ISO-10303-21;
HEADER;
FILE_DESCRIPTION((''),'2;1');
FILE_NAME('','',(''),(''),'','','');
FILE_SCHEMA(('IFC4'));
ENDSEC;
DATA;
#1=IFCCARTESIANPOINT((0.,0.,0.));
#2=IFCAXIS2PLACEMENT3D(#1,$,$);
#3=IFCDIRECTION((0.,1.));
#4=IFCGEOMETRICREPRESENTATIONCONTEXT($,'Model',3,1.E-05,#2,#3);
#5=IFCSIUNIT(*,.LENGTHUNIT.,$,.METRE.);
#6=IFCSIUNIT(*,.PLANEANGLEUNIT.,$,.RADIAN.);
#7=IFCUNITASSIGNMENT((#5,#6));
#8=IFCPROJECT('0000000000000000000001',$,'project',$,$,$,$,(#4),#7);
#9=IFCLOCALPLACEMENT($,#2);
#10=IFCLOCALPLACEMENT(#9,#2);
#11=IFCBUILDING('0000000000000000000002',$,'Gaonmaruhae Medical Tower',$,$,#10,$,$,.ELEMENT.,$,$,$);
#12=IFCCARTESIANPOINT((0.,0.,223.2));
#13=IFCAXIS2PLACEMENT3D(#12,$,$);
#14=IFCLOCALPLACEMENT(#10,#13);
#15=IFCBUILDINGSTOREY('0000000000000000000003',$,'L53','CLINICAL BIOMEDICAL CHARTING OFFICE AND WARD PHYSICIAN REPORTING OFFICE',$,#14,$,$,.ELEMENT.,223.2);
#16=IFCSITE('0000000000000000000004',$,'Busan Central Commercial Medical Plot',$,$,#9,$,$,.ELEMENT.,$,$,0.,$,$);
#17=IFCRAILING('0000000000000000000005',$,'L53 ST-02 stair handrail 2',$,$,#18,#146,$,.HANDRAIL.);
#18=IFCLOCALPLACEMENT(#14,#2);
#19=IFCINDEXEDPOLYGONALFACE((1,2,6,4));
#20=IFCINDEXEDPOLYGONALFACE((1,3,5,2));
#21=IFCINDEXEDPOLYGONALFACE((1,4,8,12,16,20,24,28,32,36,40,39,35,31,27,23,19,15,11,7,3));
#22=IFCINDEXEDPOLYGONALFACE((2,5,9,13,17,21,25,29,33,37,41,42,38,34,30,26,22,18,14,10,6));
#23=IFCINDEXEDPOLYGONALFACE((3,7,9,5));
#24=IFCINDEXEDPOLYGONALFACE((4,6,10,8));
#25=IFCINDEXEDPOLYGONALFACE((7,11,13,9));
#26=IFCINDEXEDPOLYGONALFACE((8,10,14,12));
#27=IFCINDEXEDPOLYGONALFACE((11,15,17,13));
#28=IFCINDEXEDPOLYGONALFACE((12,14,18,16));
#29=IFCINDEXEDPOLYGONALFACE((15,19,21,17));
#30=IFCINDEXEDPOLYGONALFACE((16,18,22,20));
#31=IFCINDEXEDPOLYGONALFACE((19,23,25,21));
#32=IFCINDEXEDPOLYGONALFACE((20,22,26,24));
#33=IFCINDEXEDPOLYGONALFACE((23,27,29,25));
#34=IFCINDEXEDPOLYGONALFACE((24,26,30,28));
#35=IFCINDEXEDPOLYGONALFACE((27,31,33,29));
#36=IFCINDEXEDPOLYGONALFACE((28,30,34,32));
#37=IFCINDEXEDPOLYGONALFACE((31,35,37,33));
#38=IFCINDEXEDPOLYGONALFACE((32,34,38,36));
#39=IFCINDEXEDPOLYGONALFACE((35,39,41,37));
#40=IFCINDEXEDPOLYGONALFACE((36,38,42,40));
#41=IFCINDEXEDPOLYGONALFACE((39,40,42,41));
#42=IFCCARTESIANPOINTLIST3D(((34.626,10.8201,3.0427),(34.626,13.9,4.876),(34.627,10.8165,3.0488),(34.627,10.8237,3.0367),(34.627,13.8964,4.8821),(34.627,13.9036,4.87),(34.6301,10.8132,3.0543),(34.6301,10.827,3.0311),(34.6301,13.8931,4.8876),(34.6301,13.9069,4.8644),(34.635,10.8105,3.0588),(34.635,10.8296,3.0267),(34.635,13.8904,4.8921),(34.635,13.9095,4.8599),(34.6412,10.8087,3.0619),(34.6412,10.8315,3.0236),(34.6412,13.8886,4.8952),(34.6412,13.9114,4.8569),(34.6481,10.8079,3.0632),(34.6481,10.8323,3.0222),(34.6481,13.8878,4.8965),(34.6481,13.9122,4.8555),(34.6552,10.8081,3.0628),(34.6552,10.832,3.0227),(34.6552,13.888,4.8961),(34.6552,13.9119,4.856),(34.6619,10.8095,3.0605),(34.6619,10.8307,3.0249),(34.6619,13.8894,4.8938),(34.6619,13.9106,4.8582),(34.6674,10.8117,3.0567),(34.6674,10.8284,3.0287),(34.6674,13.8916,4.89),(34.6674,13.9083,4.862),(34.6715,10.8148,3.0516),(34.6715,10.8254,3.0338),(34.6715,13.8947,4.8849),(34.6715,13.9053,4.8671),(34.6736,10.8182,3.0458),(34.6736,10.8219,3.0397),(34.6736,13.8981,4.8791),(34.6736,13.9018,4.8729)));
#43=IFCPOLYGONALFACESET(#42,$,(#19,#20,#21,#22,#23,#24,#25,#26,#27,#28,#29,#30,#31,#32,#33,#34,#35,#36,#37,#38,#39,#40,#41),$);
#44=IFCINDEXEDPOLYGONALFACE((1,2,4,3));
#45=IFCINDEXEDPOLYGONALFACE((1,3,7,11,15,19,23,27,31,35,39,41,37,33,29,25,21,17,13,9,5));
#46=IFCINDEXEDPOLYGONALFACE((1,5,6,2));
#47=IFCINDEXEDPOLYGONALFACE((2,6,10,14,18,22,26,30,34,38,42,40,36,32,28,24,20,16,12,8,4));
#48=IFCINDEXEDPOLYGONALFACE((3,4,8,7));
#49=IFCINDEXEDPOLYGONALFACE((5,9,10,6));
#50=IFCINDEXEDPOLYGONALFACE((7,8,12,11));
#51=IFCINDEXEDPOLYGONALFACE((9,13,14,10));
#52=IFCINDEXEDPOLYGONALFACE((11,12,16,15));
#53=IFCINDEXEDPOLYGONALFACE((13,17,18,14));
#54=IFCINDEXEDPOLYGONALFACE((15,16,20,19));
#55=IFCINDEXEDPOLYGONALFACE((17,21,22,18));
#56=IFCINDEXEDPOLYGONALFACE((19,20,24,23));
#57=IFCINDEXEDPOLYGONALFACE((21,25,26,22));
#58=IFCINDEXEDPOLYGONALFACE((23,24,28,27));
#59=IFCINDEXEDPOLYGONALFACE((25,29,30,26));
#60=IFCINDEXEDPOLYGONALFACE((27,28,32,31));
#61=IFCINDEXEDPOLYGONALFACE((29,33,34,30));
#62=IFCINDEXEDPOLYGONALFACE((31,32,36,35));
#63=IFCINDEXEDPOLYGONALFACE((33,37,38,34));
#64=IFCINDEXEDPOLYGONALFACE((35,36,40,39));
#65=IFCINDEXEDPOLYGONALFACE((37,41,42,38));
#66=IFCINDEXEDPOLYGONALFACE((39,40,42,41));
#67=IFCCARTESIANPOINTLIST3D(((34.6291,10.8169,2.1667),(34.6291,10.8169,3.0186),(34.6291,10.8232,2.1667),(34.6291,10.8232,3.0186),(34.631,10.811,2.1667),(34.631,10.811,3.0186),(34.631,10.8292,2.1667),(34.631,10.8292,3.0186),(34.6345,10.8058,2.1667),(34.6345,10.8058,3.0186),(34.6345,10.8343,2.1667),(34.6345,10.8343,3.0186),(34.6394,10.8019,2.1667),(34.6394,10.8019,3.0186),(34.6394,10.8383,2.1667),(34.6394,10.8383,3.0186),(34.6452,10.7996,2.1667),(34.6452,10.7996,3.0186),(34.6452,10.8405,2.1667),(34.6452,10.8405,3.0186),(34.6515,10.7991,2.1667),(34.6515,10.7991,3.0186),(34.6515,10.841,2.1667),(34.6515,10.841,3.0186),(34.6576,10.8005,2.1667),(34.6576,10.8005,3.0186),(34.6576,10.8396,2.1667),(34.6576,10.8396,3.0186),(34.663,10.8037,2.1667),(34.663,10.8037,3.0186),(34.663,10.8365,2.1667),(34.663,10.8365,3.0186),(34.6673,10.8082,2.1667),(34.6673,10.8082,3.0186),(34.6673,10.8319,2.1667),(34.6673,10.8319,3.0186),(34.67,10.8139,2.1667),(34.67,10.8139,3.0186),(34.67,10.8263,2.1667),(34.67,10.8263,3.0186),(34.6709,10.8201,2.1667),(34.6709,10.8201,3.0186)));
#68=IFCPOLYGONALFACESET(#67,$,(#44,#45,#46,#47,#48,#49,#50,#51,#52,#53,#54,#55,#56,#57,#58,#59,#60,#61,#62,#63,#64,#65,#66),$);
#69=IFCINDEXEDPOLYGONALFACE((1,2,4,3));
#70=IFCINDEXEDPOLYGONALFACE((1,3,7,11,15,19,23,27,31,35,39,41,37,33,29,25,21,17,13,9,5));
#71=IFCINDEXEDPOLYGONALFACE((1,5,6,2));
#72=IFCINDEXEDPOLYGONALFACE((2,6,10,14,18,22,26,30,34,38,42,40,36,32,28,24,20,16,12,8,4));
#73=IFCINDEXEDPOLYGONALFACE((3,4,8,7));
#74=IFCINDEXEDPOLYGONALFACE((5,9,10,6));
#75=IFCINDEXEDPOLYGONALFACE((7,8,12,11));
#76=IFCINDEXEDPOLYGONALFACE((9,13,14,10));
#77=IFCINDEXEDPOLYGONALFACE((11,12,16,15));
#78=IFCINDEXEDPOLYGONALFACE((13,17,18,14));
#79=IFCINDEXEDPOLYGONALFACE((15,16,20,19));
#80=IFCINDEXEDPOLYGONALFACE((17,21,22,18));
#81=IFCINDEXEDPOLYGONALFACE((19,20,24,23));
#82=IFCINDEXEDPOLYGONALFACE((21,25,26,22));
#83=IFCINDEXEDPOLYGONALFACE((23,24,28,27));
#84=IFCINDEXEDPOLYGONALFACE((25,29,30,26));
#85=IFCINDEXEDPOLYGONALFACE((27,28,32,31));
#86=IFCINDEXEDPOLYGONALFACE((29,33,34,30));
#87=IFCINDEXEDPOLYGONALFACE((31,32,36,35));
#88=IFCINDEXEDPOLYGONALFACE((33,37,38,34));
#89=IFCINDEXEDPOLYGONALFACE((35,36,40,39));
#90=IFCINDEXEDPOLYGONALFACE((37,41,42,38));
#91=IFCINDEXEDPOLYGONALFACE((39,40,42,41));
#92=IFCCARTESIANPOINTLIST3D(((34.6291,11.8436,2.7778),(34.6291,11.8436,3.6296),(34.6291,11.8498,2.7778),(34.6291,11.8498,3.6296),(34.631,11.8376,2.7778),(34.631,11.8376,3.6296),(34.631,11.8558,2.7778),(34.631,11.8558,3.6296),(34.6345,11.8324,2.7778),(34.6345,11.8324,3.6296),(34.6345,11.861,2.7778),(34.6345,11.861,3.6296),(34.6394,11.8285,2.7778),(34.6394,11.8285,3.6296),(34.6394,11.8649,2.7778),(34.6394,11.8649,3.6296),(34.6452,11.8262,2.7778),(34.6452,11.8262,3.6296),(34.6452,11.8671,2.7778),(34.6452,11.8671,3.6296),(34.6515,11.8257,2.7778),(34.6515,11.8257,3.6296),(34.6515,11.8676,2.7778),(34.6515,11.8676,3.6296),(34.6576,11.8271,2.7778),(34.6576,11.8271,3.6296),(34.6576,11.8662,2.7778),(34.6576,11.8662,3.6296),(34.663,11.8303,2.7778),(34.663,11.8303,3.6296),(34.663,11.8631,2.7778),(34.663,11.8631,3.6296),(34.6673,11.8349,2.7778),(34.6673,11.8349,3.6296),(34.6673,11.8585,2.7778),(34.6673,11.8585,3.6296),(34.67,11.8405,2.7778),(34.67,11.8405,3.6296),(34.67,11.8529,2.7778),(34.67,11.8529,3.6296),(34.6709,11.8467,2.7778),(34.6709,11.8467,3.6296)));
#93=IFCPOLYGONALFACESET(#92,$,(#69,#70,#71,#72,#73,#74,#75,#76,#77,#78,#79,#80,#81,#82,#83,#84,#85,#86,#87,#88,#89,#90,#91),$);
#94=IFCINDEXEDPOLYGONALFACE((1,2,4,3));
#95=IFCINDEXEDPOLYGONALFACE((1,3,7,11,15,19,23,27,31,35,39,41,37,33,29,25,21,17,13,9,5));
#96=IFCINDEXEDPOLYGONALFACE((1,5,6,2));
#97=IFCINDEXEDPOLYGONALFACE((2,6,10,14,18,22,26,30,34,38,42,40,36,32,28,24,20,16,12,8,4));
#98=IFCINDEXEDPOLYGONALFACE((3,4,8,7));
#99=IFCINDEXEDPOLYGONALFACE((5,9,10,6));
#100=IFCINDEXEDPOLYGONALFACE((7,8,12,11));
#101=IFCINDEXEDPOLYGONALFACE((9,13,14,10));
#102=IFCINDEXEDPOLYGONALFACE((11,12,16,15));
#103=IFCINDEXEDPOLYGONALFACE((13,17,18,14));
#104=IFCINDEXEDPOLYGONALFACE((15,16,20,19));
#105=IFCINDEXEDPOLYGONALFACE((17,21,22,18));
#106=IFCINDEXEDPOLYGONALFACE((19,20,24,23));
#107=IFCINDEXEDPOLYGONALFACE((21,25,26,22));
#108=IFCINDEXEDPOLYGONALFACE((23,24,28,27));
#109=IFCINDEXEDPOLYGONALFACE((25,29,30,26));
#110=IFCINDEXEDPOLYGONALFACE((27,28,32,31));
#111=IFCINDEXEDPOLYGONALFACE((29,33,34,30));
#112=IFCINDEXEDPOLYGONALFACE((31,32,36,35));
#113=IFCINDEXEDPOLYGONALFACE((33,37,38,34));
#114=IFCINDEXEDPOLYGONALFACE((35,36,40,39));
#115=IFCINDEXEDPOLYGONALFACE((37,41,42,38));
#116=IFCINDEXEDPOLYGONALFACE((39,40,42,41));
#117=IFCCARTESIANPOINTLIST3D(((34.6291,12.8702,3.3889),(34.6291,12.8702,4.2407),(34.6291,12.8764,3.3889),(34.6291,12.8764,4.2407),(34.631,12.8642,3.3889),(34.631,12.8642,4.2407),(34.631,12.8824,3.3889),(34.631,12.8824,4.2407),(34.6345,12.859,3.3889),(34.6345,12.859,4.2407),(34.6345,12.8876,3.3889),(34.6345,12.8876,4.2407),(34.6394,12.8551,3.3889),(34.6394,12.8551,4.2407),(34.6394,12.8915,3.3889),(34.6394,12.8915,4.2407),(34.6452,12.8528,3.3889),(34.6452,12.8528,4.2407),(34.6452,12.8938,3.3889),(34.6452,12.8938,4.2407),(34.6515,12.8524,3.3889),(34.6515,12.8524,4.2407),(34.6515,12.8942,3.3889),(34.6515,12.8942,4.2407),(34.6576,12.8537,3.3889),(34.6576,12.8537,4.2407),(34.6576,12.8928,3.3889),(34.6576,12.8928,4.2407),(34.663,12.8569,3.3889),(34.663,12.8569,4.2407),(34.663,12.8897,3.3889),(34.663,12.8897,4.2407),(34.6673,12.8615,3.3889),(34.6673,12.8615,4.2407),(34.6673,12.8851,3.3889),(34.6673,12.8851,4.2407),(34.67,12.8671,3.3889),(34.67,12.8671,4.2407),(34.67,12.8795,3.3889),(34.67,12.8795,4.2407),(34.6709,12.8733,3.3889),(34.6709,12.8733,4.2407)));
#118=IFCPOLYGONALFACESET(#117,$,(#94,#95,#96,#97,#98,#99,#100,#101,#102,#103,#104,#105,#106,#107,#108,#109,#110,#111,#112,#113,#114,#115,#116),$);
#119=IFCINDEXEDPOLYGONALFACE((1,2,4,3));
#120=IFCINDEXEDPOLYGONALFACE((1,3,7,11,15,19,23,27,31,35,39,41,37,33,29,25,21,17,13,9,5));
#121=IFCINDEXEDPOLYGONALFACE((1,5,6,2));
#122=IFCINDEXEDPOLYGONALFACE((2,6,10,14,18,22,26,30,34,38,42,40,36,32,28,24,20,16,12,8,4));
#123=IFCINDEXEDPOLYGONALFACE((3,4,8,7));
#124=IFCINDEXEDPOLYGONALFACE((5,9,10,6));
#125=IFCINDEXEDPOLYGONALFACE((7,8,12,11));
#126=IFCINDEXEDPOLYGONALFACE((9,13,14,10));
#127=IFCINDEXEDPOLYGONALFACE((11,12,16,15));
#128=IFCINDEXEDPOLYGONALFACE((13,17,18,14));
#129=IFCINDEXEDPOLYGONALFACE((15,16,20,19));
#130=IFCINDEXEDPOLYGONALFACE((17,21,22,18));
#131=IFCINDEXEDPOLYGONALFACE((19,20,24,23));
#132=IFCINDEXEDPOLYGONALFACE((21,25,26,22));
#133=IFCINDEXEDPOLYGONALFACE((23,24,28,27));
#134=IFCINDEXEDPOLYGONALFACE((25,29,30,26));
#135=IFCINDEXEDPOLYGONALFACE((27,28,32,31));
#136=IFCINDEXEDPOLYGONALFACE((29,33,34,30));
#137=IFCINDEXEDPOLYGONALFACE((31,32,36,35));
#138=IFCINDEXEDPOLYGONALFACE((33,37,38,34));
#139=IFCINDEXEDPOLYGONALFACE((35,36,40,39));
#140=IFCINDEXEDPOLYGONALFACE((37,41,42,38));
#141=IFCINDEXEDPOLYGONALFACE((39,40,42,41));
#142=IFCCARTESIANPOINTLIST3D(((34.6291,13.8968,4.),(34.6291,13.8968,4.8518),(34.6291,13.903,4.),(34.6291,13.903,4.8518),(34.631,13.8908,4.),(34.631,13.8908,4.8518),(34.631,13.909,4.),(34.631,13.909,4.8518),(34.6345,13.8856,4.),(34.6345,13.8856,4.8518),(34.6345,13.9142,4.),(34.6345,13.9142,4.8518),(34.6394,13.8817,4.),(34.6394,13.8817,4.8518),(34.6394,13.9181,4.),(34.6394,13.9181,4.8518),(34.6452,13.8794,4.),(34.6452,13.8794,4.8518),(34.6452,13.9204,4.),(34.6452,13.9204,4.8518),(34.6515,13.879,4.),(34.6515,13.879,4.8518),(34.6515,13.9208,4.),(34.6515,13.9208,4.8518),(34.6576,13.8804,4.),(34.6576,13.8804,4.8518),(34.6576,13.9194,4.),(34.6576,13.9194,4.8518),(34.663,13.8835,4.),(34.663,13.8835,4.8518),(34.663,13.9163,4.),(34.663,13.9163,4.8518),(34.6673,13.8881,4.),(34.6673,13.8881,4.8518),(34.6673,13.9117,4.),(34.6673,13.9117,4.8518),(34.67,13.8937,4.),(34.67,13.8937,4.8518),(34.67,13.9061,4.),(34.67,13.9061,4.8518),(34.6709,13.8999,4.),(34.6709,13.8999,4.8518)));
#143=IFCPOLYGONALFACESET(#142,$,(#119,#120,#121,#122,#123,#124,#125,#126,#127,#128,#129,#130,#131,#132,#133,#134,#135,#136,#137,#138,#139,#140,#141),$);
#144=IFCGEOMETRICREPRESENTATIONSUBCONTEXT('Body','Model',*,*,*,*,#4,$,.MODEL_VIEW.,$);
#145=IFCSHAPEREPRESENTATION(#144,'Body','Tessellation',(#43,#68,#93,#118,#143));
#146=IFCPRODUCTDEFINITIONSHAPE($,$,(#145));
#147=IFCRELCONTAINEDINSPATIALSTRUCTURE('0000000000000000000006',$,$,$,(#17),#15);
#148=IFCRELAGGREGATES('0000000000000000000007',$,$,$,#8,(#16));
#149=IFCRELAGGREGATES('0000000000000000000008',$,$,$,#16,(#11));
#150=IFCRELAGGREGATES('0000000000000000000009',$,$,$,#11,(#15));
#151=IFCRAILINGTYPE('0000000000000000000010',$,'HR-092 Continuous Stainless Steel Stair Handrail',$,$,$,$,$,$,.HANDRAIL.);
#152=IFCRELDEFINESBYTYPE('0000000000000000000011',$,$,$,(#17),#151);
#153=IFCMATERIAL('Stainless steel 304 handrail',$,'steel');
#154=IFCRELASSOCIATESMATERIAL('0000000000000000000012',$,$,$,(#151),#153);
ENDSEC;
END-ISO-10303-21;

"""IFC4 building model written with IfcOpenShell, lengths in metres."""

from ifc_helpers import new_model, si_unit, direction, frame, origin, origin_2d, place, context, subcontext, project, spatial, circle, extrude, material, type_object, element, save


model = new_model("IFC4")

# Units and contexts
model_context = context("Model", 3, precision=1e-05, world=origin(), true_north=direction((0.0, 1.0)))
body_context = subcontext(model_context, "Body", "Model", "MODEL_VIEW")
ifc_project = project(units=[si_unit("LENGTHUNIT", "METRE"), si_unit("PLANEANGLEUNIT", "RADIAN")], contexts=[model_context])

# Site, building, storey
site_placement = place(None, origin())
site = spatial("IfcSite", under=ifc_project, at=site_placement, Name="Busan Central Commercial Medical Plot", CompositionType="ELEMENT", RefElevation=0.0)
building_placement = place(site_placement, origin())
building = spatial("IfcBuilding", under=site, at=building_placement, Name="Gaonmaruhae Medical Tower", CompositionType="ELEMENT")
storey_placement = place(building_placement, frame((0.0, 0.0, 223.2)))
storey = spatial("IfcBuildingStorey", under=building, at=storey_placement, Name="L53", Description="CLINICAL BIOMEDICAL CHARTING OFFICE AND WARD PHYSICIAN REPORTING OFFICE", CompositionType="ELEMENT", Elevation=223.2)

# Railing
ifc_material_1 = material(Name="Stainless steel 304 handrail", Category="steel")
railing_type_1 = type_object("IfcRailingType", Name="HR-092 Continuous Stainless Steel Stair Handrail", PredefinedType="HANDRAIL", material=ifc_material_1)
railing_1_placement = place(storey_placement, frame((34.6499, 10.8201, 2.1667)))
element("IfcRailing", 1, at=railing_1_placement, inside=storey, type_object=railing_type_1, Name="L53 ST-02 stair handrail 2", PredefinedType="HANDRAIL", context=body_context, shape_type="SweptSolid", body=[
    extrude(circle(Radius=0.0239, at=origin_2d()), frame((0.0, 0.0, 0.876), z_axis=(0.0, 0.859291, 0.511487), x_axis=(-1.0, 0.0, 0.0)), (0.0, 0.0, 1.0), 3.5842),
    extrude(circle(Radius=0.021, at=origin_2d()), origin(), (0.0, 0.0, 1.0), 0.8518),
    extrude(circle(Radius=0.021, at=origin_2d()), frame((0.0, 1.0266, 0.6111)), (0.0, 0.0, 1.0), 0.8518),
    extrude(circle(Radius=0.021, at=origin_2d()), frame((0.0, 2.0532, 1.2222)), (0.0, 0.0, 1.0), 0.8518),
    extrude(circle(Radius=0.021, at=origin_2d()), frame((0.0, 3.0798, 1.8333)), (0.0, 0.0, 1.0), 0.8518),
])

save(model, "model.ifc")
